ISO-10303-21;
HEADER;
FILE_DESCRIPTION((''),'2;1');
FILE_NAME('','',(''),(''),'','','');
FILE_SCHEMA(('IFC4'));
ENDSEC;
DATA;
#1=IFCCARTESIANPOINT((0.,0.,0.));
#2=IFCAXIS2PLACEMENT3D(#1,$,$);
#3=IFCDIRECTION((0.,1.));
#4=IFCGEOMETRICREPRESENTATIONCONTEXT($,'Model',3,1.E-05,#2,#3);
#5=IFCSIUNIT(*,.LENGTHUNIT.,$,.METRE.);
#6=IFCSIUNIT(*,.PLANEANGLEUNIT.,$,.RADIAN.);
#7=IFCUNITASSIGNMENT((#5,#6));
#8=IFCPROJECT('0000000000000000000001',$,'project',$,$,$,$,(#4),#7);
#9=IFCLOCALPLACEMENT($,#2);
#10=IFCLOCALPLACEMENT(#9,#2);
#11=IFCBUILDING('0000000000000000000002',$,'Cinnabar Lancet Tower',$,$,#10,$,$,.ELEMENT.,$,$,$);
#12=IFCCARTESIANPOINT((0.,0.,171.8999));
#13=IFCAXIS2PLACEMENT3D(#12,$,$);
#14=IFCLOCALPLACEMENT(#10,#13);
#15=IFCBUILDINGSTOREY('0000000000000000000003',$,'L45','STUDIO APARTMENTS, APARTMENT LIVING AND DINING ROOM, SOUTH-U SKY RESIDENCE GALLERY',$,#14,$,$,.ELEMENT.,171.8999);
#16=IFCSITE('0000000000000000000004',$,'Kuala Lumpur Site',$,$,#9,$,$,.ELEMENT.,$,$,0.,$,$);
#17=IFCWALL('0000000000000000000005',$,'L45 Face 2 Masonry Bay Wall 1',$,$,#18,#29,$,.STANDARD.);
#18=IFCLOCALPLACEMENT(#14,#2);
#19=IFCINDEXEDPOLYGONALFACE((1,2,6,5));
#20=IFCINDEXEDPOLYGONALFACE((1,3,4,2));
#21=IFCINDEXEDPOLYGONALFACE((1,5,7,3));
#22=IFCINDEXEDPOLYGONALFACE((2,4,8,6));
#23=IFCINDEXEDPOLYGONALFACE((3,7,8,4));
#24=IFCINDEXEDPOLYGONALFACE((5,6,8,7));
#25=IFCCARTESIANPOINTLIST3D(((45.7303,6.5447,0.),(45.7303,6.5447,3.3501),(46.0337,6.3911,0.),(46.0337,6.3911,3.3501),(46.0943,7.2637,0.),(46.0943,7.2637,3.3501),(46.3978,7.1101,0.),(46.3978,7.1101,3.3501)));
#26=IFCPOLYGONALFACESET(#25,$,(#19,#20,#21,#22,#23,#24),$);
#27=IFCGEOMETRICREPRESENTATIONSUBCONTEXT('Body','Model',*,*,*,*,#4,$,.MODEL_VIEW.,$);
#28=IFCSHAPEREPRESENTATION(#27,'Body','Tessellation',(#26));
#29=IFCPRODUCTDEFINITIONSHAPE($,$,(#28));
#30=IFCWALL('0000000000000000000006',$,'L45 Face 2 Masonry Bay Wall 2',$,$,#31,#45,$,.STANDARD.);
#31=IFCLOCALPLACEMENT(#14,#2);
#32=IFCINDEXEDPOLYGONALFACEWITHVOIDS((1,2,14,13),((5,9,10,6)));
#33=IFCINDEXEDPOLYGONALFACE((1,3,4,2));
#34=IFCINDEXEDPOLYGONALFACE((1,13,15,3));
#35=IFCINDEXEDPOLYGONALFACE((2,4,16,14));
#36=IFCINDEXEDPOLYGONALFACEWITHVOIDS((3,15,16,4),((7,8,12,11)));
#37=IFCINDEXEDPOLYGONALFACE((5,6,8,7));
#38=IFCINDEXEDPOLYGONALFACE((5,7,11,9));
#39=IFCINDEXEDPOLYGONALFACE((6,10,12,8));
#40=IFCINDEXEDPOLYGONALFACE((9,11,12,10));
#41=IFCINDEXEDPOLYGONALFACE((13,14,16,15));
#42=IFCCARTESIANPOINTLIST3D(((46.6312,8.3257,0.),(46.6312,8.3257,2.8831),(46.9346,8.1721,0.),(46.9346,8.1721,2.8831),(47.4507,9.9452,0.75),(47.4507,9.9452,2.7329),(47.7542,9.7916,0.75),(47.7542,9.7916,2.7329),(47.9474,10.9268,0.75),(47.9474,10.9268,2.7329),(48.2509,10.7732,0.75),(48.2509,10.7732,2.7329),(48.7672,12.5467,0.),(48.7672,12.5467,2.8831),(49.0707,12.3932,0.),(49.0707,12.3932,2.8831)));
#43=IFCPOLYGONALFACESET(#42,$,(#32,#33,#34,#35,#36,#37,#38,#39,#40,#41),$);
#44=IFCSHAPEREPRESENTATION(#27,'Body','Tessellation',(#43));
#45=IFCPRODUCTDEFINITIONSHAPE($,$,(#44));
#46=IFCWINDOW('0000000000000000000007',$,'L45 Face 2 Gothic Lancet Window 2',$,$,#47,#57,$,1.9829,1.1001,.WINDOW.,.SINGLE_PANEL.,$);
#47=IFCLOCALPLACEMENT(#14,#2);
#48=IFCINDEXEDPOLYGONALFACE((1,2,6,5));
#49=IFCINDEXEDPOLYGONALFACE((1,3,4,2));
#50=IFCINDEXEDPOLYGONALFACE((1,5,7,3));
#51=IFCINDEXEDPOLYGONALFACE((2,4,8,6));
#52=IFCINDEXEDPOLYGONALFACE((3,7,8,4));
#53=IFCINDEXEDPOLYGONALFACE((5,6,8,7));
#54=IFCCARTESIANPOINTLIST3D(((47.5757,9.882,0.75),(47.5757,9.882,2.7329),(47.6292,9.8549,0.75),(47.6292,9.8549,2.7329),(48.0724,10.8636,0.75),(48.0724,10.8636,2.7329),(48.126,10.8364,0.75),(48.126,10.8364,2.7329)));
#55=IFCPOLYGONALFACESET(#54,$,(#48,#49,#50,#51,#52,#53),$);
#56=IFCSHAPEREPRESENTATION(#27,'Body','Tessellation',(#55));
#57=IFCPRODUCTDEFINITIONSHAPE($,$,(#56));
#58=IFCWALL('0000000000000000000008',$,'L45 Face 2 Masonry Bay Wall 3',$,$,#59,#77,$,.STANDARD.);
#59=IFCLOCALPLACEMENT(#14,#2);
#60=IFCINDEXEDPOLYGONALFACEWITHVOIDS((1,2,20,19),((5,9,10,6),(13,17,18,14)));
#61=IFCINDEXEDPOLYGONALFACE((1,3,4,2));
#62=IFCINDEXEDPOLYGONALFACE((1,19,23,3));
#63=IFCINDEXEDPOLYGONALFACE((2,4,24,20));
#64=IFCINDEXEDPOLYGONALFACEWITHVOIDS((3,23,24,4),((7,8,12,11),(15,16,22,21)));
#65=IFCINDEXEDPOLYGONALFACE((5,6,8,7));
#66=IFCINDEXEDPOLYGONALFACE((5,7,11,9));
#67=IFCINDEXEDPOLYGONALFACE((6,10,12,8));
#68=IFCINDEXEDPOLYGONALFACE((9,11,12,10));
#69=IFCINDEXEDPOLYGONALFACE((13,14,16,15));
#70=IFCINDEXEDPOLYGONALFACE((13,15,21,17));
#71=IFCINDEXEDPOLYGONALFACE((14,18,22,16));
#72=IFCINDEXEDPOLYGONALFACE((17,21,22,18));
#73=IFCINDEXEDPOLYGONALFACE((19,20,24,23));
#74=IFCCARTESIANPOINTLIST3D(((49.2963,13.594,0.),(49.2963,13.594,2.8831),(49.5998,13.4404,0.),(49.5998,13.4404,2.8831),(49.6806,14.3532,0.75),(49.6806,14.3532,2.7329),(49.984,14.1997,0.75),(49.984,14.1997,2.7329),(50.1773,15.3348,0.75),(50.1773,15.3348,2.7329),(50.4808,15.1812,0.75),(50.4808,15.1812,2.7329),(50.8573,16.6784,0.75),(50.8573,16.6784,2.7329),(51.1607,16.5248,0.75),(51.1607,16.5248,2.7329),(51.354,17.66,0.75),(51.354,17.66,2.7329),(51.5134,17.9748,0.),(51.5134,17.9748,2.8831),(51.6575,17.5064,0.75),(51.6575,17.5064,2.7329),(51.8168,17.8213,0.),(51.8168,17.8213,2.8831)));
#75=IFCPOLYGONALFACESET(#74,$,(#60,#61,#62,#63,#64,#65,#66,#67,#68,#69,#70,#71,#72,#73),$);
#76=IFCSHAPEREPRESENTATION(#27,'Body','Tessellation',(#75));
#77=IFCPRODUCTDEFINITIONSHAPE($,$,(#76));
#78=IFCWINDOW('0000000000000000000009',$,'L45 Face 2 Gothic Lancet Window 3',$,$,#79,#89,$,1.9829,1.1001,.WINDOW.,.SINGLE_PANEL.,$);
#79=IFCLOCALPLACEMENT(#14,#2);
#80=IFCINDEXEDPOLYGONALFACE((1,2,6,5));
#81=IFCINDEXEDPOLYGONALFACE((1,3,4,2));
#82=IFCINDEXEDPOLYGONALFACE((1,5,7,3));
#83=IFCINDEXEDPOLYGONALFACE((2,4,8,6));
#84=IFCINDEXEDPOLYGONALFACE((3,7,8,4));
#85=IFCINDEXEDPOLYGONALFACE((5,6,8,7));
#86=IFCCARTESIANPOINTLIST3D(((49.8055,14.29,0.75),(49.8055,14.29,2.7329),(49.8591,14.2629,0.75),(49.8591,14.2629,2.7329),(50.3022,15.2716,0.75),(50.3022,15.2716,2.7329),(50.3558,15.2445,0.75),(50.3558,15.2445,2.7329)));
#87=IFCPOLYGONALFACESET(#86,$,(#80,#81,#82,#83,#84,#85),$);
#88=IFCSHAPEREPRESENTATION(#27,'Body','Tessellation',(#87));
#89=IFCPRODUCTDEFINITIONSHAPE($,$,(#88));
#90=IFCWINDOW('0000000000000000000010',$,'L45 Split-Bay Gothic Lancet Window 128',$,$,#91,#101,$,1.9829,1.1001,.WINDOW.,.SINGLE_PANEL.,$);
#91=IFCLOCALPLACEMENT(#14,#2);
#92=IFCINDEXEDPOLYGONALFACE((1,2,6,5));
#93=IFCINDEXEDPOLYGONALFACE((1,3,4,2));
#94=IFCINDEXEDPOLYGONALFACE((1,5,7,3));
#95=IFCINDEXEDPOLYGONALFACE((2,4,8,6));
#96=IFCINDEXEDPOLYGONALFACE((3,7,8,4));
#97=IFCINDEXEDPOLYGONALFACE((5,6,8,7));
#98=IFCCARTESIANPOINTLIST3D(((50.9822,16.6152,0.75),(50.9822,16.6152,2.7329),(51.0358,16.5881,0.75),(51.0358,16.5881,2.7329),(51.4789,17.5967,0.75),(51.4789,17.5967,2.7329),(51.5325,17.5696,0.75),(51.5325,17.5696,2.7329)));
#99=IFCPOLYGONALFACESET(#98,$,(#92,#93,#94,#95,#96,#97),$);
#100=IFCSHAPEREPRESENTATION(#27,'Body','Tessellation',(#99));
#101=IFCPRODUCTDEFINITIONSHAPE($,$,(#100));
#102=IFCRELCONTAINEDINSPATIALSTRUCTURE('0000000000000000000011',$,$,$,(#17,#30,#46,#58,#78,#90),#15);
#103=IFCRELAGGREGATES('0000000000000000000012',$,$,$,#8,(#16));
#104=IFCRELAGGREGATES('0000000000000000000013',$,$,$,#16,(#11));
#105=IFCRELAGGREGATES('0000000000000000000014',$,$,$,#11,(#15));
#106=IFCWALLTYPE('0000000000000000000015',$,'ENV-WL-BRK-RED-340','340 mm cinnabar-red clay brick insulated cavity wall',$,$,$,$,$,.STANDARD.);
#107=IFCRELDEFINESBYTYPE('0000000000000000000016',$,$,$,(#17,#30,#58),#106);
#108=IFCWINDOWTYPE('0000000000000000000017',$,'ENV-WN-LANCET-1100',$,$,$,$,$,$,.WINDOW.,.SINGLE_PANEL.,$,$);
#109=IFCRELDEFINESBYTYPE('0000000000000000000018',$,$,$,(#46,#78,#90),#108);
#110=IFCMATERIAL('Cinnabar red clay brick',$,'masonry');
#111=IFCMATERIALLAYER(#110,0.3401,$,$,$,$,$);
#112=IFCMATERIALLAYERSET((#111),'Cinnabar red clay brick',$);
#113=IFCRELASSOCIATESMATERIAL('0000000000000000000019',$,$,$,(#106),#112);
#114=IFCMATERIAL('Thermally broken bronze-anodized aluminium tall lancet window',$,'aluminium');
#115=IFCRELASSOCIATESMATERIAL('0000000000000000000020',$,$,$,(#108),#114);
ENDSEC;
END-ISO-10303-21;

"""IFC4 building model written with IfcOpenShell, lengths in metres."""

from ifc_helpers import new_model, si_unit, direction, frame, frame_2d, origin, place, context, subcontext, project, spatial, rectangle, extrude, material, layer, layer_set, type_object, element, fill, save


model = new_model("IFC4")

# Units and contexts
model_context = context("Model", 3, precision=1e-05, world=origin(), true_north=direction((0.0, 1.0)))
body_context = subcontext(model_context, "Body", "Model", "MODEL_VIEW")
ifc_project = project(units=[si_unit("LENGTHUNIT", "METRE"), si_unit("PLANEANGLEUNIT", "RADIAN")], contexts=[model_context])

# Site, building, storey
site_placement = place(None, origin())
site = spatial("IfcSite", under=ifc_project, at=site_placement, Name="Kuala Lumpur Site", CompositionType="ELEMENT", RefElevation=0.0)
building_placement = place(site_placement, origin())
building = spatial("IfcBuilding", under=site, at=building_placement, Name="Cinnabar Lancet Tower", CompositionType="ELEMENT")
storey_placement = place(building_placement, frame((0.0, 0.0, 171.8999)))
storey = spatial("IfcBuildingStorey", under=building, at=storey_placement, Name="L45", Description="STUDIO APARTMENTS, APARTMENT LIVING AND DINING ROOM, SOUTH-U SKY RESIDENCE GALLERY", CompositionType="ELEMENT", Elevation=171.8999)

# Wall
ifc_material_1 = material(Name="Cinnabar red clay brick", Category="masonry")
ifc_layer_1 = layer(ifc_material_1, 0.3401)
ifc_layer_set_1 = layer_set([ifc_layer_1], Name="Cinnabar red clay brick")
wall_type_1 = type_object("IfcWallType", Name="ENV-WL-BRK-RED-340", Description="340 mm cinnabar-red clay brick insulated cavity wall", PredefinedType="STANDARD", material=ifc_layer_set_1)
wall_1_placement = place(storey_placement, frame((45.8821, 6.468, 0.0), z_axis=(0.0, 0.0, 1.0), x_axis=(0.451692, 0.892174, 0.0)))
element("IfcWall", 1, at=wall_1_placement, inside=storey, type_object=wall_type_1, Name="L45 Face 2 Masonry Bay Wall 1", PredefinedType="STANDARD", context=body_context, shape_type="SweptSolid", body=[
    extrude(rectangle(XDim=0.8059, YDim=0.3401, at=frame_2d((0.4028, 0.0))), origin(), (0.0, 0.0, 1.0), 3.3501),
])

# Wall, opening, window
wall_2_placement = place(storey_placement, frame((46.783, 8.249, 0.0), z_axis=(0.0, 0.0, 1.0), x_axis=(0.451523, 0.89226, 0.0)))
wall_2 = element("IfcWall", 2, at=wall_2_placement, inside=storey, type_object=wall_type_1, Name="L45 Face 2 Masonry Bay Wall 2", PredefinedType="STANDARD", context=body_context, shape_type="SweptSolid", body=[
    extrude(rectangle(XDim=4.7307, YDim=0.3401, at=frame_2d((2.3652, 0.0))), origin(), (0.0, 0.0, 1.0), 2.8831),
])
opening_1_placement = place(wall_2_placement, frame((1.8149, 0.0, 0.75)))
opening_1 = element("IfcOpeningElement", 3, at=opening_1_placement, cuts=wall_2, PredefinedType="OPENING", context=body_context, shape_type="SweptSolid", body=[
    extrude(rectangle(XDim=1.1001, YDim=1.9829, at=frame_2d((0.55, 0.9915))), frame((0.0, 0.1799, 0.0), z_axis=(0.0, -1.0, 0.0), x_axis=(1.0, 0.0, 0.0)), (0.0, 0.0, 1.0), 0.3601),
])
ifc_material_2 = material(Name="Thermally broken bronze-anodized aluminium tall lancet window", Category="aluminium")
window_type = type_object("IfcWindowType", Name="ENV-WN-LANCET-1100", PartitioningType="SINGLE_PANEL", PredefinedType="WINDOW", material=ifc_material_2)
window_1_placement = place(opening_1_placement, origin())
window_1 = element("IfcWindow", 4, at=window_1_placement, inside=storey, type_object=window_type, Name="L45 Face 2 Gothic Lancet Window 2", OverallHeight=1.9829, OverallWidth=1.1001, PartitioningType="SINGLE_PANEL", PredefinedType="WINDOW", context=body_context, shape_type="SweptSolid", body=[
    extrude(rectangle(XDim=1.1001, YDim=1.9829, at=frame_2d((0.55, 0.9915))), frame((0.0, 0.03, 0.0), z_axis=(0.0, -1.0, 0.0), x_axis=(1.0, 0.0, 0.0)), (0.0, 0.0, 1.0), 0.0601),
])
fill(opening_1, window_1)

# Wall, openings, windows
wall_3_placement = place(storey_placement, frame((49.448, 13.5171, 0.0), z_axis=(0.0, 0.0, 1.0), x_axis=(0.451544, 0.892249, 0.0)))
wall_3 = element("IfcWall", 5, at=wall_3_placement, inside=storey, type_object=wall_type_1, Name="L45 Face 2 Masonry Bay Wall 3", PredefinedType="STANDARD", context=body_context, shape_type="SweptSolid", body=[
    extrude(rectangle(XDim=4.9099, YDim=0.3401, at=frame_2d((2.4551, 0.0))), origin(), (0.0, 0.0, 1.0), 2.8831),
])
opening_2_placement = place(wall_3_placement, frame((0.8511, 0.0, 0.75)))
opening_2 = element("IfcOpeningElement", 6, at=opening_2_placement, cuts=wall_3, PredefinedType="OPENING", context=body_context, shape_type="SweptSolid", body=[
    extrude(rectangle(XDim=1.1001, YDim=1.9829, at=frame_2d((0.55, 0.9915))), frame((0.0, 0.1799, 0.0), z_axis=(0.0, -1.0, 0.0), x_axis=(1.0, 0.0, 0.0)), (0.0, 0.0, 1.0), 0.3601),
])
opening_3_placement = place(wall_3_placement, frame((3.457, 0.0, 0.75)))
opening_3 = element("IfcOpeningElement", 7, at=opening_3_placement, cuts=wall_3, PredefinedType="OPENING", context=body_context, shape_type="SweptSolid", body=[
    extrude(rectangle(XDim=1.1001, YDim=1.9829, at=frame_2d((0.55, 0.9915))), frame((0.0, 0.1799, 0.0), z_axis=(0.0, -1.0, 0.0), x_axis=(1.0, 0.0, 0.0)), (0.0, 0.0, 1.0), 0.3601),
])
window_2_placement = place(opening_2_placement, origin())
window_2 = element("IfcWindow", 8, at=window_2_placement, inside=storey, type_object=window_type, Name="L45 Face 2 Gothic Lancet Window 3", OverallHeight=1.9829, OverallWidth=1.1001, PartitioningType="SINGLE_PANEL", PredefinedType="WINDOW", context=body_context, shape_type="SweptSolid", body=[
    extrude(rectangle(XDim=1.1001, YDim=1.9829, at=frame_2d((0.55, 0.9915))), frame((0.0, 0.03, 0.0), z_axis=(0.0, -1.0, 0.0), x_axis=(1.0, 0.0, 0.0)), (0.0, 0.0, 1.0), 0.0601),
])
fill(opening_2, window_2)
window_3_placement = place(opening_3_placement, origin())
window_3 = element("IfcWindow", 9, at=window_3_placement, inside=storey, type_object=window_type, Name="L45 Split-Bay Gothic Lancet Window 128", OverallHeight=1.9829, OverallWidth=1.1001, PartitioningType="SINGLE_PANEL", PredefinedType="WINDOW", context=body_context, shape_type="SweptSolid", body=[
    extrude(rectangle(XDim=1.1001, YDim=1.9829, at=frame_2d((0.55, 0.9915))), frame((0.0, 0.03, 0.0), z_axis=(0.0, -1.0, 0.0), x_axis=(1.0, 0.0, 0.0)), (0.0, 0.0, 1.0), 0.0601),
])
fill(opening_3, window_3)

save(model, "model.ifc")
